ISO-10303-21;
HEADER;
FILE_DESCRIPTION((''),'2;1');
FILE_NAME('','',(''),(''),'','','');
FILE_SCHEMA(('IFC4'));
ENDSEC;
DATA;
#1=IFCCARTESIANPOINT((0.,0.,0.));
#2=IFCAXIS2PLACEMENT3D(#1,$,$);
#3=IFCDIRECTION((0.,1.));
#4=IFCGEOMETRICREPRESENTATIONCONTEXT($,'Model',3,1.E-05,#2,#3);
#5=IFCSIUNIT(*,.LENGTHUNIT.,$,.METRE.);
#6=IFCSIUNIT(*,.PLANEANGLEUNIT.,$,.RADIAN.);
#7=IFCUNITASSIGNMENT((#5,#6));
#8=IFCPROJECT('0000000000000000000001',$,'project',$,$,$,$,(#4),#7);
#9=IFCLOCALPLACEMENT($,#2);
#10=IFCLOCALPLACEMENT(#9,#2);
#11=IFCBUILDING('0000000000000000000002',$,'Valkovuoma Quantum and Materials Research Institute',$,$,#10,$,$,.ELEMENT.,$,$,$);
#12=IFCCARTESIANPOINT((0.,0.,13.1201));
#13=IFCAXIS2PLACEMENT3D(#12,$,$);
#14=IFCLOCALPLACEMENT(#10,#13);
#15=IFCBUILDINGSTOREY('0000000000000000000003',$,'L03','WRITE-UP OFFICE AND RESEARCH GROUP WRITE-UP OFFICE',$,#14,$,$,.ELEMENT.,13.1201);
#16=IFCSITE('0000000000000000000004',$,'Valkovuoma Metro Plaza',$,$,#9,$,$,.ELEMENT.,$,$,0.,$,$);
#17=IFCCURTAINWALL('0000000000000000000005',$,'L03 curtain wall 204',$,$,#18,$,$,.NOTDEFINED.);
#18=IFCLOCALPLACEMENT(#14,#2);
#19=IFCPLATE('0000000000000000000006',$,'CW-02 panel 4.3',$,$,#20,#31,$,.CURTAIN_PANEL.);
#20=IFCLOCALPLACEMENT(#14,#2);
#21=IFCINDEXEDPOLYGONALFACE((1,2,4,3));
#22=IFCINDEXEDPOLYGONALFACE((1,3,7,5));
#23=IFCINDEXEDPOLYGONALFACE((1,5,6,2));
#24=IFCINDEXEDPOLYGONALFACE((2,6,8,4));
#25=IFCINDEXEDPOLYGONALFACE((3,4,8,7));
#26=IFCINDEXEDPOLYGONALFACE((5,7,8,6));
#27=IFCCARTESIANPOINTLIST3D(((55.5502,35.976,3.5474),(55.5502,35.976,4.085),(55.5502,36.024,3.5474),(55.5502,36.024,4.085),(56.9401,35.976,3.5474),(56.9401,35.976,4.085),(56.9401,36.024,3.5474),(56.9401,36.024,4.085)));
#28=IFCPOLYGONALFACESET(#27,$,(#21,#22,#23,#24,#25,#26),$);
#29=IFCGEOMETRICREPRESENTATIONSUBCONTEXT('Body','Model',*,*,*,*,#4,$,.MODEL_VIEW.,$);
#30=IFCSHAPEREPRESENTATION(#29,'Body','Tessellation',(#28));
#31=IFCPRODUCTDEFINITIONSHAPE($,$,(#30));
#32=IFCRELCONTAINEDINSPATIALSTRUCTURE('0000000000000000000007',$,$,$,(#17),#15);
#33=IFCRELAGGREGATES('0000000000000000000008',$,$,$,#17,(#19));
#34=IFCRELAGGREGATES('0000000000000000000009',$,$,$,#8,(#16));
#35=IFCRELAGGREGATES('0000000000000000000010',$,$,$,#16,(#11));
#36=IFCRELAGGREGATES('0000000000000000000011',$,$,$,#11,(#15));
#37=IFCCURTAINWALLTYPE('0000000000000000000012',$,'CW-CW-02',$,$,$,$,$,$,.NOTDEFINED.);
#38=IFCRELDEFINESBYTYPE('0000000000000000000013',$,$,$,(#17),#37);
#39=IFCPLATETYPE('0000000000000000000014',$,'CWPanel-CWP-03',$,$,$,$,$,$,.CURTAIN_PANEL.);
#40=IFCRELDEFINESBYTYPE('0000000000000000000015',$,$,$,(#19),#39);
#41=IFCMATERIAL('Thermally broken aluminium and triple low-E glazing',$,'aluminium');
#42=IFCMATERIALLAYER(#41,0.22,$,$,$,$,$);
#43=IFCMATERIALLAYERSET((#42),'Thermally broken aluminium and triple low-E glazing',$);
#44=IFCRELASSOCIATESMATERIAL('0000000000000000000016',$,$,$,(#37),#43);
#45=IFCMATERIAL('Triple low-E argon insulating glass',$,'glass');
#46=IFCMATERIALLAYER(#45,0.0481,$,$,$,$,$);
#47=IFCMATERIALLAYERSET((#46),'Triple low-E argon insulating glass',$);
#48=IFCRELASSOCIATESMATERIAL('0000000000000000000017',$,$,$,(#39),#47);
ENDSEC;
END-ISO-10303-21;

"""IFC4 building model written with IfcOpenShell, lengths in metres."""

from ifc_helpers import new_model, si_unit, direction, frame, origin, origin_2d, place, context, subcontext, project, spatial, rectangle, extrude, material, layer, layer_set, type_object, element, aggregate, save


model = new_model("IFC4")

# Units and contexts
model_context = context("Model", 3, precision=1e-05, world=origin(), true_north=direction((0.0, 1.0)))
body_context = subcontext(model_context, "Body", "Model", "MODEL_VIEW")
ifc_project = project(units=[si_unit("LENGTHUNIT", "METRE"), si_unit("PLANEANGLEUNIT", "RADIAN")], contexts=[model_context])

# Site, building, storey
site_placement = place(None, origin())
site = spatial("IfcSite", under=ifc_project, at=site_placement, Name="Valkovuoma Metro Plaza", CompositionType="ELEMENT", RefElevation=0.0)
building_placement = place(site_placement, origin())
building = spatial("IfcBuilding", under=site, at=building_placement, Name="Valkovuoma Quantum and Materials Research Institute", CompositionType="ELEMENT")
storey_placement = place(building_placement, frame((0.0, 0.0, 13.1201)))
storey = spatial("IfcBuildingStorey", under=building, at=storey_placement, Name="L03", Description="WRITE-UP OFFICE AND RESEARCH GROUP WRITE-UP OFFICE", CompositionType="ELEMENT", Elevation=13.1201)

# Curtain wall
ifc_material_1 = material(Name="Thermally broken aluminium and triple low-E glazing", Category="aluminium")
ifc_layer_1 = layer(ifc_material_1, 0.22)
ifc_layer_set_1 = layer_set([ifc_layer_1], Name="Thermally broken aluminium and triple low-E glazing")
curtain_wall_type = type_object("IfcCurtainWallType", Name="CW-CW-02", PredefinedType="NOTDEFINED", material=ifc_layer_set_1)
curtain_wall_placement = place(storey_placement, origin())
curtain_wall = element("IfcCurtainWall", 1, at=curtain_wall_placement, inside=storey, type_object=curtain_wall_type, Name="L03 curtain wall 204", PredefinedType="NOTDEFINED")

# Plate
ifc_material_2 = material(Name="Triple low-E argon insulating glass", Category="glass")
ifc_layer_2 = layer(ifc_material_2, 0.0481)
ifc_layer_set_2 = layer_set([ifc_layer_2], Name="Triple low-E argon insulating glass")
plate_type = type_object("IfcPlateType", Name="CWPanel-CWP-03", PredefinedType="CURTAIN_PANEL", material=ifc_layer_set_2)
plate_1_placement = place(storey_placement, frame((56.2451, 36.0, 3.5474), z_axis=(0.0, 0.0, 1.0), x_axis=(1.0, 0.0, 0.0)))
plate_1 = element("IfcPlate", 2, at=plate_1_placement, type_object=plate_type, Name="CW-02 panel 4.3", PredefinedType="CURTAIN_PANEL", context=body_context, shape_type="SweptSolid", body=[
    extrude(rectangle(XDim=1.3899, YDim=0.0481, at=origin_2d()), origin(), (0.0, 0.0, 1.0), 0.5376),
])
aggregate(curtain_wall, [plate_1])

save(model, "model.ifc")
